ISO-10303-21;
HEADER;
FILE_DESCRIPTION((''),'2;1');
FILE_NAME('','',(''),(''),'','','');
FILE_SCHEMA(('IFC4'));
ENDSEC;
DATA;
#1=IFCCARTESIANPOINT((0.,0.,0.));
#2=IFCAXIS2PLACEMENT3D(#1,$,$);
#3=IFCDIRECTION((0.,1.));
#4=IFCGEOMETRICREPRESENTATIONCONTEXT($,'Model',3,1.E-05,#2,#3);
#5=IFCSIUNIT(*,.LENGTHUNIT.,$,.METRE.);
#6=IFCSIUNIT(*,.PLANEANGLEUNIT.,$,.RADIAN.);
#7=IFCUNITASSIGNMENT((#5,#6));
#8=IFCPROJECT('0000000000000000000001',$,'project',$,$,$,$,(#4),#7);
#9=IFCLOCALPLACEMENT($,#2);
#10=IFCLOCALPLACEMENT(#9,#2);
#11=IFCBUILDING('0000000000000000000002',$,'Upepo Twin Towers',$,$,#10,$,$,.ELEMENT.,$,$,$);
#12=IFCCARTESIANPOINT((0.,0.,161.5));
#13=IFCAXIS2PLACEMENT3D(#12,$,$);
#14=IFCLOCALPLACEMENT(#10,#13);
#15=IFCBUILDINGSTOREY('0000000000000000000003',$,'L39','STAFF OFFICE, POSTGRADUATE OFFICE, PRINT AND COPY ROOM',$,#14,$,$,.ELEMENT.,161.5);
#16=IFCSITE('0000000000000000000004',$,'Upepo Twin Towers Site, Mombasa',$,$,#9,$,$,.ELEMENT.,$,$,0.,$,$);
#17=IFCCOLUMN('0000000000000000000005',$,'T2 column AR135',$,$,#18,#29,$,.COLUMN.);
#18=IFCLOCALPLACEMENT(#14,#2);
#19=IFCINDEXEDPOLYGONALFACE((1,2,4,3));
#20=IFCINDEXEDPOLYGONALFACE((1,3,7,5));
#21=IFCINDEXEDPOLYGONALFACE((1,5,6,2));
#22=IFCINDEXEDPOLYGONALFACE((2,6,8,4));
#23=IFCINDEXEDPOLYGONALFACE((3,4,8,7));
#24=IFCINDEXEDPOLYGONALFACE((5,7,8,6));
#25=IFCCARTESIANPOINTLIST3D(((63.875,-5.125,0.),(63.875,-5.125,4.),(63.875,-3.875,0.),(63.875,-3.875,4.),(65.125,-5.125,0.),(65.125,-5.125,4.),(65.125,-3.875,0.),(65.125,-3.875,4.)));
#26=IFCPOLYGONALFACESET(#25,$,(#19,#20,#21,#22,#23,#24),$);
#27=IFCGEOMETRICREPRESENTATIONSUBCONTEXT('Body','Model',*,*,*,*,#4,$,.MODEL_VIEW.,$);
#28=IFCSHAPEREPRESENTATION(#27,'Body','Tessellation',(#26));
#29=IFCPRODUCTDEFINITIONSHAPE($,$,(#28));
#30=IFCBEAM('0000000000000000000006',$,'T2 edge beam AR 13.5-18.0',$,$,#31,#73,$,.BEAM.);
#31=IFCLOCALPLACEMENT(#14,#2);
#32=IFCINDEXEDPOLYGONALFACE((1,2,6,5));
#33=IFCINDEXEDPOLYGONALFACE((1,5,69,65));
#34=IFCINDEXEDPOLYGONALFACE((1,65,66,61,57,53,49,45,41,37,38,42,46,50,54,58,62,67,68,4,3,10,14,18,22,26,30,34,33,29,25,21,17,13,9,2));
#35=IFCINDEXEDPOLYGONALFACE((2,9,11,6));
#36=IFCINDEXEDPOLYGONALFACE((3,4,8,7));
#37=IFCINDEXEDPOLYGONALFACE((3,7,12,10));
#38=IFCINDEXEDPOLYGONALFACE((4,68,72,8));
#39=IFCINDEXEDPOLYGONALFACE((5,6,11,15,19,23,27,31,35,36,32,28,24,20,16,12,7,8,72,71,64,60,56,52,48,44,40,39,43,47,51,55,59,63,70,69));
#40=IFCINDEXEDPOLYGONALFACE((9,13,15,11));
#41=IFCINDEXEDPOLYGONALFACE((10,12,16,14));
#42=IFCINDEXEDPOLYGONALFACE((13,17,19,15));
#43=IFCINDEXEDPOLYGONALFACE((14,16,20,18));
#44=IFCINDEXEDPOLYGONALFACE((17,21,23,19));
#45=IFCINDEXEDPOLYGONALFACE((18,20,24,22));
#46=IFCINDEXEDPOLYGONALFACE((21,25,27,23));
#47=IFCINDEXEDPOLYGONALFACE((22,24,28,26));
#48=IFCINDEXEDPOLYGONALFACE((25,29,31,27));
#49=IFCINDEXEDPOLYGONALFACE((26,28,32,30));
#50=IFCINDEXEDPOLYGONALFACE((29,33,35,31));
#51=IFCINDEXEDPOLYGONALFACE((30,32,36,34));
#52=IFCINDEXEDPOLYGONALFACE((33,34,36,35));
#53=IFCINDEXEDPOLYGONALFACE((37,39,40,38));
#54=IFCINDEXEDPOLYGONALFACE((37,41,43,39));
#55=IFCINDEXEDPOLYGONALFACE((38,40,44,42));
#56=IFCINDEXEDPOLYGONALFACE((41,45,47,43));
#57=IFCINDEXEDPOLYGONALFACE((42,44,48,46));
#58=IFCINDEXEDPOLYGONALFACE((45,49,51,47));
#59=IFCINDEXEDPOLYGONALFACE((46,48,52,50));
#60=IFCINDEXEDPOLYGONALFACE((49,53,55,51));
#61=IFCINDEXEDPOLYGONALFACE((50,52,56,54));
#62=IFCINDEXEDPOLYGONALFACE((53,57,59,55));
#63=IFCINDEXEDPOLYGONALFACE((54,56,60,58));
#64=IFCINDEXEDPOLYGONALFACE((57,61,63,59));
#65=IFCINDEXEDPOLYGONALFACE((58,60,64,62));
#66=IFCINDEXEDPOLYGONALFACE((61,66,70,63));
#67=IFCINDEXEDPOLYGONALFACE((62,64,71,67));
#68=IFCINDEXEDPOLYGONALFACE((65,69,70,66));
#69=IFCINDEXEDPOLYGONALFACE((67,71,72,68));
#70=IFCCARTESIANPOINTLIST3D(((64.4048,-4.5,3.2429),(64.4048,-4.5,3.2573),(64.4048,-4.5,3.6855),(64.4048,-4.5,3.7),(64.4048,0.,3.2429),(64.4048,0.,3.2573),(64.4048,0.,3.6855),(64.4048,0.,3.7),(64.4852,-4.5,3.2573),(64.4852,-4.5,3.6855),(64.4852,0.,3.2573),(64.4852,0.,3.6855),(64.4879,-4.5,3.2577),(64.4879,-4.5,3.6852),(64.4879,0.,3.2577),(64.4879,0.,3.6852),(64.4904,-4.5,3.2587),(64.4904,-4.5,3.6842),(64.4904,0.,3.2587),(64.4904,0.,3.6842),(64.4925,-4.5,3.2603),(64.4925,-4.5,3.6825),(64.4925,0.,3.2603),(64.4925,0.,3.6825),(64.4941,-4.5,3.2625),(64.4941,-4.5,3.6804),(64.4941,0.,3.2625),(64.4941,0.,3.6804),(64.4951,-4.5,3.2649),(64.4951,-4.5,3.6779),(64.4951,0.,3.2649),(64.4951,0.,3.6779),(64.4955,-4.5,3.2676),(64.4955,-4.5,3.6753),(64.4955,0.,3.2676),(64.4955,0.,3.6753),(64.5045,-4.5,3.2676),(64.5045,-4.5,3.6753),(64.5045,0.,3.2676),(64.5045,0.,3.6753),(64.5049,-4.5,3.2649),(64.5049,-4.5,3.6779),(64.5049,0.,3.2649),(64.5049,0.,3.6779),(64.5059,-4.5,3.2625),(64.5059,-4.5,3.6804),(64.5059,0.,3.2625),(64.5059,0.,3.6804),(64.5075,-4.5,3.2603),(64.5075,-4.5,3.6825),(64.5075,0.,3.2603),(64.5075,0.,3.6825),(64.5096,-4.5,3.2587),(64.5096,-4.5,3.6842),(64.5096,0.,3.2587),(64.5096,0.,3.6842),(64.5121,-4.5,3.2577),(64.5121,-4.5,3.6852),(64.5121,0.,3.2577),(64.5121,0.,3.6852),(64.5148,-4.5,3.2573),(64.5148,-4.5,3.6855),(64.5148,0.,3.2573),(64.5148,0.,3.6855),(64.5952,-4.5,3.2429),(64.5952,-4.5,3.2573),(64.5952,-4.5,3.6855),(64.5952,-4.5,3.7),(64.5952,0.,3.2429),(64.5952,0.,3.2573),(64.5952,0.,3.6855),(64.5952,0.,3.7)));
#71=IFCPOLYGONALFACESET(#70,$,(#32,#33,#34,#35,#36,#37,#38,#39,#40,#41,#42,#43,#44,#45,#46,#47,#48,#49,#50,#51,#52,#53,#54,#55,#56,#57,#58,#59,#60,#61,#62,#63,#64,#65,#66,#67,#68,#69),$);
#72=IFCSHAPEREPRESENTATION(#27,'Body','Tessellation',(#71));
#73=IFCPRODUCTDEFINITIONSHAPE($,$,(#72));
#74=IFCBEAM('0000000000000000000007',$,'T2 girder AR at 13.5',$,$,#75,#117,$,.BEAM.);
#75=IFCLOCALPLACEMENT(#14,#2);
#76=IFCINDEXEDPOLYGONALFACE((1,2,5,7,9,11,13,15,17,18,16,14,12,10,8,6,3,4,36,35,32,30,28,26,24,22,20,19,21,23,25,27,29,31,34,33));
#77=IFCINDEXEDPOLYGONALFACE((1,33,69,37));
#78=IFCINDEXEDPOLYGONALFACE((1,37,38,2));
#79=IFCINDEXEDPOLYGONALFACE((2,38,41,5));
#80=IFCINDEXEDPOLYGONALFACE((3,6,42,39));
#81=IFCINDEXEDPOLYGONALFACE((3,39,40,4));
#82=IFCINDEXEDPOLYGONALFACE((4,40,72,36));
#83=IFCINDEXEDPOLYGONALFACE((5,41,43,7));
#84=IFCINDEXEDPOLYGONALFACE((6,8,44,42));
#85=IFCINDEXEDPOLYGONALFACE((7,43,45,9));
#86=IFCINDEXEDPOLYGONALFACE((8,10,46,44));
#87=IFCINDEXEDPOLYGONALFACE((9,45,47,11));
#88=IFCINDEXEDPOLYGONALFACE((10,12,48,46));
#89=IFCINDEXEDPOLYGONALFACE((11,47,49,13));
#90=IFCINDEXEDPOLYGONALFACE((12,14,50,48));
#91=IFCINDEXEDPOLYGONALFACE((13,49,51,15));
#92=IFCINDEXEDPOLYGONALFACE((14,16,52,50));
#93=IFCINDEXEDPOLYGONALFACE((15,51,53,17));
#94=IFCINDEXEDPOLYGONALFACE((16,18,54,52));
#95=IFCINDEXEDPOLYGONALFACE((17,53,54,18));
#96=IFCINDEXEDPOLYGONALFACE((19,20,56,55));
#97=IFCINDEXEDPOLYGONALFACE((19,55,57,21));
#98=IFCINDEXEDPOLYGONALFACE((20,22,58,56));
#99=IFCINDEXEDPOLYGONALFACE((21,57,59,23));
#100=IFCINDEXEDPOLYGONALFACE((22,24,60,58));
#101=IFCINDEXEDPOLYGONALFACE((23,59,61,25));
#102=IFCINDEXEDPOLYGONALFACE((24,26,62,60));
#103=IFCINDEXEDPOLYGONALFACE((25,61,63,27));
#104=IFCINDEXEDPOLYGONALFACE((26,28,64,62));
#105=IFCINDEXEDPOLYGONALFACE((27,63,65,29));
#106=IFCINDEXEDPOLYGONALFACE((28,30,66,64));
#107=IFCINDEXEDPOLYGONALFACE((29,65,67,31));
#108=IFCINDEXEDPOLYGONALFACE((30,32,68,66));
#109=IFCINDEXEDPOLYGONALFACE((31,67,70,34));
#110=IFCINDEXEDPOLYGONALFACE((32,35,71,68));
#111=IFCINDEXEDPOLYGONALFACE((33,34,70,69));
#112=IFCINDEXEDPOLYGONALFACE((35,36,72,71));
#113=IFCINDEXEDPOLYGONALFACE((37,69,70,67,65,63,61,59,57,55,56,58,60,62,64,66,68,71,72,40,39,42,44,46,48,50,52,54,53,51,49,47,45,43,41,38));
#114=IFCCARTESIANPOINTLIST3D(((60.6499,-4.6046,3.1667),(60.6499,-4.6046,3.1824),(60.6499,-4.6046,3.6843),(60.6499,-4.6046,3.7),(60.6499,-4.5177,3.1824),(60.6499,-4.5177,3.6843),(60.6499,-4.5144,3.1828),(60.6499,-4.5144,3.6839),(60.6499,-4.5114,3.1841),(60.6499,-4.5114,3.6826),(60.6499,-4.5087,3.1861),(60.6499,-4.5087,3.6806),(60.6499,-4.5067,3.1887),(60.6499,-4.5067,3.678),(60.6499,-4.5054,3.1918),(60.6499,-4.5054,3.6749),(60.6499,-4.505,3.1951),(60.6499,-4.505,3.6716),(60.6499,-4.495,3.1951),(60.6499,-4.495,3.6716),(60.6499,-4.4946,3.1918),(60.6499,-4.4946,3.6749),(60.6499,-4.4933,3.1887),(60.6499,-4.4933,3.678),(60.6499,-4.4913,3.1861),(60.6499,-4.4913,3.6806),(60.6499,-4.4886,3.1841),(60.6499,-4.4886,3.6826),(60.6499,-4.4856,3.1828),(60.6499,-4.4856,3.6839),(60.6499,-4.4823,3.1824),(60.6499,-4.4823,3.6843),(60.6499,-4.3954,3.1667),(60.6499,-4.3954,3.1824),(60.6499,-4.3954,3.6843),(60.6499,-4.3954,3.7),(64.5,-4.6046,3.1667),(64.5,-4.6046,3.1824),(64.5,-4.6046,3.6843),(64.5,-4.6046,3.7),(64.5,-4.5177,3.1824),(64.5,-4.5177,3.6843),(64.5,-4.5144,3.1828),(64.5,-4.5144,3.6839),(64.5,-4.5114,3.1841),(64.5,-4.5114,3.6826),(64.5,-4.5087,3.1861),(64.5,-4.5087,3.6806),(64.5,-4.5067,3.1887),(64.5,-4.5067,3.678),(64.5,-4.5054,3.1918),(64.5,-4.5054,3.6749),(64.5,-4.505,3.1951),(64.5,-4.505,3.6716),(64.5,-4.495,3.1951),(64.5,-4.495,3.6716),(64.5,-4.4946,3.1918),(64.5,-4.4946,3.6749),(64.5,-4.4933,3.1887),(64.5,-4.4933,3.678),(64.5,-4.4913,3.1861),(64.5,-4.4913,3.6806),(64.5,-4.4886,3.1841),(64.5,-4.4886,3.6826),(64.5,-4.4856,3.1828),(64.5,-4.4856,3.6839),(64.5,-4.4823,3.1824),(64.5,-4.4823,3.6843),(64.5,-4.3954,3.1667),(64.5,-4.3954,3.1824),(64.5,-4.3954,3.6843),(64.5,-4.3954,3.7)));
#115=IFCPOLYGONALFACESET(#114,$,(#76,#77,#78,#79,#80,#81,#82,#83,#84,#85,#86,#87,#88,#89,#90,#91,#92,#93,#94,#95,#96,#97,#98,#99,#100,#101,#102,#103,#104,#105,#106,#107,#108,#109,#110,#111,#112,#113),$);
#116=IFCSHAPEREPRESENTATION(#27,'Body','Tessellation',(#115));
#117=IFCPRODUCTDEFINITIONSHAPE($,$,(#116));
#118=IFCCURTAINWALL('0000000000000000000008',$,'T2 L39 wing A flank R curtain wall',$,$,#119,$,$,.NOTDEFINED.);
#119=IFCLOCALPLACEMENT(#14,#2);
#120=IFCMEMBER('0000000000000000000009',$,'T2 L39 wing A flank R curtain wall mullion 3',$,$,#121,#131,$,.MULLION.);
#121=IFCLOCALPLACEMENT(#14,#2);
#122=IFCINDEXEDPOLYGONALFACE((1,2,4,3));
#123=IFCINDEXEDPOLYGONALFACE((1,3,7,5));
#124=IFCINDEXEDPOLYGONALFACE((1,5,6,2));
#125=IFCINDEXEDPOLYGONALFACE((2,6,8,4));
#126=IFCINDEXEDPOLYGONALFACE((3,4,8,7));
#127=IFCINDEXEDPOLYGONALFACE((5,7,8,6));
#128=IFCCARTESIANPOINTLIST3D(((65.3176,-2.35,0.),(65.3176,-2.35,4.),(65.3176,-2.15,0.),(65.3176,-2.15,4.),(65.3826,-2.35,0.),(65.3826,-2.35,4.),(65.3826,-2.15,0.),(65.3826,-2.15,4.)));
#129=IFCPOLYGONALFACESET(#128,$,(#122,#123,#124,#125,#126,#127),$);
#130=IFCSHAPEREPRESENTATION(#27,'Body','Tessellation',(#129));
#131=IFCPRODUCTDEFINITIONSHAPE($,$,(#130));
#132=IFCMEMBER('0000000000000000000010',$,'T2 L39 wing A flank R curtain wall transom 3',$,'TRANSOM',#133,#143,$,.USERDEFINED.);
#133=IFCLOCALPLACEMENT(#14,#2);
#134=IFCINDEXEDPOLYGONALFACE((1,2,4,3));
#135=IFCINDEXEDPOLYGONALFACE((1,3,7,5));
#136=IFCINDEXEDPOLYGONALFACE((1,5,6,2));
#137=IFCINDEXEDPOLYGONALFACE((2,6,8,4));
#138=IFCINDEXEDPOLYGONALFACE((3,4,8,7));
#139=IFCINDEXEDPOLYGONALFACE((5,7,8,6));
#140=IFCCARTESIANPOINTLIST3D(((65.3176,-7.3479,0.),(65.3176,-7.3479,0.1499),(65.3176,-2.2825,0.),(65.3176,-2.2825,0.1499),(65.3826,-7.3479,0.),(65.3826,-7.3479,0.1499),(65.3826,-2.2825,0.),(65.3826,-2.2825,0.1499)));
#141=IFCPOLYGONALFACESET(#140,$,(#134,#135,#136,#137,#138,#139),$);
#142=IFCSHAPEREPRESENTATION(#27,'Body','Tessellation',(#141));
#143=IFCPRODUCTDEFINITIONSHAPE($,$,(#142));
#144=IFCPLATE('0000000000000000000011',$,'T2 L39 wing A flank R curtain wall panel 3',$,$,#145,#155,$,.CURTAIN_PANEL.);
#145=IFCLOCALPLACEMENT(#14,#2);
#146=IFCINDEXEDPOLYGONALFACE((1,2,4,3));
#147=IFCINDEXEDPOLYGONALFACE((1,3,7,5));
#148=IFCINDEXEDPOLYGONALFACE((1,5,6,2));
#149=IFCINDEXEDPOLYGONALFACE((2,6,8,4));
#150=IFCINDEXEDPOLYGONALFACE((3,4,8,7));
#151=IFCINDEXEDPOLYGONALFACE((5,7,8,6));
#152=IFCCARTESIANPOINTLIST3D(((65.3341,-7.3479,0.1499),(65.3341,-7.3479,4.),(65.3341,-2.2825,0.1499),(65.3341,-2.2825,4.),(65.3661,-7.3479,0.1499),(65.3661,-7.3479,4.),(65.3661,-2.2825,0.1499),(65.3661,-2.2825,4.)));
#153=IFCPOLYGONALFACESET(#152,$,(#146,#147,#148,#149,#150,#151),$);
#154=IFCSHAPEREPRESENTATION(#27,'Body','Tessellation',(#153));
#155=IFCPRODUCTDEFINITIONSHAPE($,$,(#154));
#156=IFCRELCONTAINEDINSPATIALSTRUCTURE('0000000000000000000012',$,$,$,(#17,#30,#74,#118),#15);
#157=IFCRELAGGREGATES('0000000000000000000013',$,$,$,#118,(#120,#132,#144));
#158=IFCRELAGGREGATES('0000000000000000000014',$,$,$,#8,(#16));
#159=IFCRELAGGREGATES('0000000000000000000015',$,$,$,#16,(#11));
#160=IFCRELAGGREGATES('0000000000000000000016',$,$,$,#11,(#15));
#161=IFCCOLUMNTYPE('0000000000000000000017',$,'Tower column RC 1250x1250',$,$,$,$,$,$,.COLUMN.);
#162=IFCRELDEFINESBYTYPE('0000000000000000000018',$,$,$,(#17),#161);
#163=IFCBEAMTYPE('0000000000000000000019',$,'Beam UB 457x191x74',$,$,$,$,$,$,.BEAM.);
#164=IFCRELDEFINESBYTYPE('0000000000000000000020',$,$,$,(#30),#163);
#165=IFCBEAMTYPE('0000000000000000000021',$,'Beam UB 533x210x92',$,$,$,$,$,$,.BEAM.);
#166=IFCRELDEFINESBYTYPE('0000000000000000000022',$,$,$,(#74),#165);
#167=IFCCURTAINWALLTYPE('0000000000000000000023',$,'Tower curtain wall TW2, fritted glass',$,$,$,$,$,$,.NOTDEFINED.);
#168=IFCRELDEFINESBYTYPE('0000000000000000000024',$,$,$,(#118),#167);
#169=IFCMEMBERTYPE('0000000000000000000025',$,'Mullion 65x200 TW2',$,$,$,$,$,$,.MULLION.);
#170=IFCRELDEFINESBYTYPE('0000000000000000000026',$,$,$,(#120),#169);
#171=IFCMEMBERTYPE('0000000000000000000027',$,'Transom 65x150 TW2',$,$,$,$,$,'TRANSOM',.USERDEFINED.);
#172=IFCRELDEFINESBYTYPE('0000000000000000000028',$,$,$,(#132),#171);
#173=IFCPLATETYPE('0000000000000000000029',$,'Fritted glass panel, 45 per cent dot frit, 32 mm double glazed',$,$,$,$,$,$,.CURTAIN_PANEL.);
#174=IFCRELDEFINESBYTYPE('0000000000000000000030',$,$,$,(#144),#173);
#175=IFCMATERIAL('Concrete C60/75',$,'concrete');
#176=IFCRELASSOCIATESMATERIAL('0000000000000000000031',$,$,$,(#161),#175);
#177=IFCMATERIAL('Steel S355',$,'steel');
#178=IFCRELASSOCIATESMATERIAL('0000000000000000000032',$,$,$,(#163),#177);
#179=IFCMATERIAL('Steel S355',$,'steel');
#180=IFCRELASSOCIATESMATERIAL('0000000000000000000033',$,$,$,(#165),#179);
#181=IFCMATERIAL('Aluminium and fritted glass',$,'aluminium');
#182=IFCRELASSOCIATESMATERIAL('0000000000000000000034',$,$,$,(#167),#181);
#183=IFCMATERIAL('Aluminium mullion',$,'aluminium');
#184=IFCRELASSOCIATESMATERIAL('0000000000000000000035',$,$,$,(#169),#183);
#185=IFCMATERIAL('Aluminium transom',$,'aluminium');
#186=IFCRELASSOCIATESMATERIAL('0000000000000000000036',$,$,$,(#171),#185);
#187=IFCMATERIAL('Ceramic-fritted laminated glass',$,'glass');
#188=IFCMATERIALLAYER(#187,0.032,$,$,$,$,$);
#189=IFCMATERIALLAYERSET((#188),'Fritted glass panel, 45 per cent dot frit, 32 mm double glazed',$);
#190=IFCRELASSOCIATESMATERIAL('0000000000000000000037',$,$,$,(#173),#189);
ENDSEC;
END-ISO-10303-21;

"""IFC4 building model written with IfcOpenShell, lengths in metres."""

from ifc_helpers import new_model, si_unit, direction, frame, origin, origin_2d, place, context, subcontext, project, spatial, rectangle, i_section, extrude, material, layer, layer_set, material_profile, profile_set, type_object, element, aggregate, save


model = new_model("IFC4")

# Units and contexts
model_context = context("Model", 3, precision=1e-05, world=origin(), true_north=direction((0.0, 1.0)))
body_context = subcontext(model_context, "Body", "Model", "MODEL_VIEW")
ifc_project = project(units=[si_unit("LENGTHUNIT", "METRE"), si_unit("PLANEANGLEUNIT", "RADIAN")], contexts=[model_context])

# Site, building, storey
site_placement = place(None, origin())
site = spatial("IfcSite", under=ifc_project, at=site_placement, Name="Upepo Twin Towers Site, Mombasa", CompositionType="ELEMENT", RefElevation=0.0)
building_placement = place(site_placement, origin())
building = spatial("IfcBuilding", under=site, at=building_placement, Name="Upepo Twin Towers", CompositionType="ELEMENT")
storey_placement = place(building_placement, frame((0.0, 0.0, 161.5)))
storey = spatial("IfcBuildingStorey", under=building, at=storey_placement, Name="L39", Description="STAFF OFFICE, POSTGRADUATE OFFICE, PRINT AND COPY ROOM", CompositionType="ELEMENT", Elevation=161.5)

# Column
ifc_material_1 = material(Name="Concrete C60/75", Category="concrete")
ifc_material_profile_1 = material_profile(ifc_material_1, rectangle(XDim=1.25, YDim=1.25, at=origin_2d()), Name="RC 1250x1250")
ifc_profile_set_1 = profile_set([ifc_material_profile_1], Name="Concrete C60/75")
column_type = type_object("IfcColumnType", Name="Tower column RC 1250x1250", PredefinedType="COLUMN", material=ifc_profile_set_1)
column_placement = place(storey_placement, frame((64.5, -4.5, 0.0), z_axis=(0.0, 0.0, 1.0), x_axis=(1.0, 0.0, 0.0)))
element("IfcColumn", 1, at=column_placement, inside=storey, type_object=column_type, Name="T2 column AR135", PredefinedType="COLUMN", context=body_context, shape_type="SweptSolid", body=[
    extrude(rectangle(XDim=1.25, YDim=1.25, at=origin_2d()), origin(), (0.0, 0.0, 1.0), 4.0),
])

# Beams
ifc_material_2 = material(Name="Steel S355", Category="steel")
ifc_material_profile_2 = material_profile(ifc_material_2, i_section(OverallWidth=0.1904, OverallDepth=0.457, WebThickness=0.009, FlangeThickness=0.0144, FilletRadius=0.0103, at=origin_2d()), Name="UB 457x191x74")
ifc_profile_set_2 = profile_set([ifc_material_profile_2], Name="Steel S355")
beam_type_1 = type_object("IfcBeamType", Name="Beam UB 457x191x74", PredefinedType="BEAM", material=ifc_profile_set_2)
beam_1_placement = place(storey_placement, frame((64.5, -4.5, 3.4714), z_axis=(0.0, 1.0, 0.0), x_axis=(-1.0, 0.0, 0.0)))
element("IfcBeam", 2, at=beam_1_placement, inside=storey, type_object=beam_type_1, Name="T2 edge beam AR 13.5-18.0", PredefinedType="BEAM", context=body_context, shape_type="SweptSolid", body=[
    extrude(i_section(OverallWidth=0.1904, OverallDepth=0.457, WebThickness=0.009, FlangeThickness=0.0144, FilletRadius=0.0103, at=origin_2d()), origin(), (0.0, 0.0, 1.0), 4.5),
])
ifc_material_3 = material(Name="Steel S355", Category="steel")
ifc_material_profile_3 = material_profile(ifc_material_3, i_section(OverallWidth=0.2092, OverallDepth=0.5332, WebThickness=0.01, FlangeThickness=0.0156, FilletRadius=0.0127, at=origin_2d()), Name="UB 533x210x92")
ifc_profile_set_3 = profile_set([ifc_material_profile_3], Name="Steel S355")
beam_type_2 = type_object("IfcBeamType", Name="Beam UB 533x210x92", PredefinedType="BEAM", material=ifc_profile_set_3)
beam_2_placement = place(storey_placement, frame((64.5, -4.5, 3.4333), z_axis=(-1.0, 0.0, 0.0), x_axis=(0.0, -1.0, 0.0)))
element("IfcBeam", 3, at=beam_2_placement, inside=storey, type_object=beam_type_2, Name="T2 girder AR at 13.5", PredefinedType="BEAM", context=body_context, shape_type="SweptSolid", body=[
    extrude(i_section(OverallWidth=0.2092, OverallDepth=0.5332, WebThickness=0.01, FlangeThickness=0.0156, FilletRadius=0.0127, at=origin_2d()), origin(), (0.0, 0.0, 1.0), 3.8501),
])

# Curtain wall, members, plate
ifc_material_4 = material(Name="Aluminium and fritted glass", Category="aluminium")
curtain_wall_type = type_object("IfcCurtainWallType", Name="Tower curtain wall TW2, fritted glass", PredefinedType="NOTDEFINED", material=ifc_material_4)
curtain_wall_placement = place(storey_placement, origin())
curtain_wall = element("IfcCurtainWall", 4, at=curtain_wall_placement, inside=storey, type_object=curtain_wall_type, Name="T2 L39 wing A flank R curtain wall", PredefinedType="NOTDEFINED")
ifc_material_5 = material(Name="Aluminium mullion", Category="aluminium")
ifc_material_profile_4 = material_profile(ifc_material_5, rectangle(XDim=0.0649, YDim=0.2, at=origin_2d()), Name="MULLION 65x200")
ifc_profile_set_4 = profile_set([ifc_material_profile_4], Name="Aluminium mullion")
member_type_1 = type_object("IfcMemberType", Name="Mullion 65x200 TW2", PredefinedType="MULLION", material=ifc_profile_set_4)
member_1_placement = place(storey_placement, frame((65.3501, -2.25, 0.0), z_axis=(0.0, 0.0, 1.0), x_axis=(1.0, 0.0, 0.0)))
member_1 = element("IfcMember", 5, at=member_1_placement, type_object=member_type_1, Name="T2 L39 wing A flank R curtain wall mullion 3", PredefinedType="MULLION", context=body_context, shape_type="SweptSolid", body=[
    extrude(rectangle(XDim=0.0649, YDim=0.2, at=origin_2d()), origin(), (0.0, 0.0, 1.0), 4.0),
])
ifc_material_6 = material(Name="Aluminium transom", Category="aluminium")
ifc_material_profile_5 = material_profile(ifc_material_6, rectangle(XDim=0.0649, YDim=0.1499, at=origin_2d()), Name="TRANSOM 65x150")
ifc_profile_set_5 = profile_set([ifc_material_profile_5], Name="Aluminium transom")
member_type_2 = type_object("IfcMemberType", Name="Transom 65x150 TW2", ElementType="TRANSOM", PredefinedType="USERDEFINED", material=ifc_profile_set_5)
member_2_placement = place(storey_placement, frame((65.3501, -2.2825, 0.075), z_axis=(0.0, -1.0, 0.0), x_axis=(1.0, 0.0, 0.0)))
member_2 = element("IfcMember", 6, at=member_2_placement, type_object=member_type_2, Name="T2 L39 wing A flank R curtain wall transom 3", ObjectType="TRANSOM", PredefinedType="USERDEFINED", context=body_context, shape_type="SweptSolid", body=[
    extrude(rectangle(XDim=0.0649, YDim=0.1499, at=origin_2d()), origin(), (0.0, 0.0, 1.0), 5.0654),
])
ifc_material_7 = material(Name="Ceramic-fritted laminated glass", Category="glass")
ifc_layer_1 = layer(ifc_material_7, 0.032)
ifc_layer_set_1 = layer_set([ifc_layer_1], Name="Fritted glass panel, 45 per cent dot frit, 32 mm double glazed")
plate_type = type_object("IfcPlateType", Name="Fritted glass panel, 45 per cent dot frit, 32 mm double glazed", PredefinedType="CURTAIN_PANEL", material=ifc_layer_set_1)
plate_placement = place(storey_placement, frame((65.3501, -4.8152, 0.1499), z_axis=(0.0, 0.0, 1.0), x_axis=(0.0, -1.0, 0.0)))
plate = element("IfcPlate", 7, at=plate_placement, type_object=plate_type, Name="T2 L39 wing A flank R curtain wall panel 3", PredefinedType="CURTAIN_PANEL", context=body_context, shape_type="SweptSolid", body=[
    extrude(rectangle(XDim=5.0654, YDim=0.032, at=origin_2d()), origin(), (0.0, 0.0, 1.0), 3.8501),
])
aggregate(curtain_wall, [member_1, member_2, plate])

save(model, "model.ifc")
